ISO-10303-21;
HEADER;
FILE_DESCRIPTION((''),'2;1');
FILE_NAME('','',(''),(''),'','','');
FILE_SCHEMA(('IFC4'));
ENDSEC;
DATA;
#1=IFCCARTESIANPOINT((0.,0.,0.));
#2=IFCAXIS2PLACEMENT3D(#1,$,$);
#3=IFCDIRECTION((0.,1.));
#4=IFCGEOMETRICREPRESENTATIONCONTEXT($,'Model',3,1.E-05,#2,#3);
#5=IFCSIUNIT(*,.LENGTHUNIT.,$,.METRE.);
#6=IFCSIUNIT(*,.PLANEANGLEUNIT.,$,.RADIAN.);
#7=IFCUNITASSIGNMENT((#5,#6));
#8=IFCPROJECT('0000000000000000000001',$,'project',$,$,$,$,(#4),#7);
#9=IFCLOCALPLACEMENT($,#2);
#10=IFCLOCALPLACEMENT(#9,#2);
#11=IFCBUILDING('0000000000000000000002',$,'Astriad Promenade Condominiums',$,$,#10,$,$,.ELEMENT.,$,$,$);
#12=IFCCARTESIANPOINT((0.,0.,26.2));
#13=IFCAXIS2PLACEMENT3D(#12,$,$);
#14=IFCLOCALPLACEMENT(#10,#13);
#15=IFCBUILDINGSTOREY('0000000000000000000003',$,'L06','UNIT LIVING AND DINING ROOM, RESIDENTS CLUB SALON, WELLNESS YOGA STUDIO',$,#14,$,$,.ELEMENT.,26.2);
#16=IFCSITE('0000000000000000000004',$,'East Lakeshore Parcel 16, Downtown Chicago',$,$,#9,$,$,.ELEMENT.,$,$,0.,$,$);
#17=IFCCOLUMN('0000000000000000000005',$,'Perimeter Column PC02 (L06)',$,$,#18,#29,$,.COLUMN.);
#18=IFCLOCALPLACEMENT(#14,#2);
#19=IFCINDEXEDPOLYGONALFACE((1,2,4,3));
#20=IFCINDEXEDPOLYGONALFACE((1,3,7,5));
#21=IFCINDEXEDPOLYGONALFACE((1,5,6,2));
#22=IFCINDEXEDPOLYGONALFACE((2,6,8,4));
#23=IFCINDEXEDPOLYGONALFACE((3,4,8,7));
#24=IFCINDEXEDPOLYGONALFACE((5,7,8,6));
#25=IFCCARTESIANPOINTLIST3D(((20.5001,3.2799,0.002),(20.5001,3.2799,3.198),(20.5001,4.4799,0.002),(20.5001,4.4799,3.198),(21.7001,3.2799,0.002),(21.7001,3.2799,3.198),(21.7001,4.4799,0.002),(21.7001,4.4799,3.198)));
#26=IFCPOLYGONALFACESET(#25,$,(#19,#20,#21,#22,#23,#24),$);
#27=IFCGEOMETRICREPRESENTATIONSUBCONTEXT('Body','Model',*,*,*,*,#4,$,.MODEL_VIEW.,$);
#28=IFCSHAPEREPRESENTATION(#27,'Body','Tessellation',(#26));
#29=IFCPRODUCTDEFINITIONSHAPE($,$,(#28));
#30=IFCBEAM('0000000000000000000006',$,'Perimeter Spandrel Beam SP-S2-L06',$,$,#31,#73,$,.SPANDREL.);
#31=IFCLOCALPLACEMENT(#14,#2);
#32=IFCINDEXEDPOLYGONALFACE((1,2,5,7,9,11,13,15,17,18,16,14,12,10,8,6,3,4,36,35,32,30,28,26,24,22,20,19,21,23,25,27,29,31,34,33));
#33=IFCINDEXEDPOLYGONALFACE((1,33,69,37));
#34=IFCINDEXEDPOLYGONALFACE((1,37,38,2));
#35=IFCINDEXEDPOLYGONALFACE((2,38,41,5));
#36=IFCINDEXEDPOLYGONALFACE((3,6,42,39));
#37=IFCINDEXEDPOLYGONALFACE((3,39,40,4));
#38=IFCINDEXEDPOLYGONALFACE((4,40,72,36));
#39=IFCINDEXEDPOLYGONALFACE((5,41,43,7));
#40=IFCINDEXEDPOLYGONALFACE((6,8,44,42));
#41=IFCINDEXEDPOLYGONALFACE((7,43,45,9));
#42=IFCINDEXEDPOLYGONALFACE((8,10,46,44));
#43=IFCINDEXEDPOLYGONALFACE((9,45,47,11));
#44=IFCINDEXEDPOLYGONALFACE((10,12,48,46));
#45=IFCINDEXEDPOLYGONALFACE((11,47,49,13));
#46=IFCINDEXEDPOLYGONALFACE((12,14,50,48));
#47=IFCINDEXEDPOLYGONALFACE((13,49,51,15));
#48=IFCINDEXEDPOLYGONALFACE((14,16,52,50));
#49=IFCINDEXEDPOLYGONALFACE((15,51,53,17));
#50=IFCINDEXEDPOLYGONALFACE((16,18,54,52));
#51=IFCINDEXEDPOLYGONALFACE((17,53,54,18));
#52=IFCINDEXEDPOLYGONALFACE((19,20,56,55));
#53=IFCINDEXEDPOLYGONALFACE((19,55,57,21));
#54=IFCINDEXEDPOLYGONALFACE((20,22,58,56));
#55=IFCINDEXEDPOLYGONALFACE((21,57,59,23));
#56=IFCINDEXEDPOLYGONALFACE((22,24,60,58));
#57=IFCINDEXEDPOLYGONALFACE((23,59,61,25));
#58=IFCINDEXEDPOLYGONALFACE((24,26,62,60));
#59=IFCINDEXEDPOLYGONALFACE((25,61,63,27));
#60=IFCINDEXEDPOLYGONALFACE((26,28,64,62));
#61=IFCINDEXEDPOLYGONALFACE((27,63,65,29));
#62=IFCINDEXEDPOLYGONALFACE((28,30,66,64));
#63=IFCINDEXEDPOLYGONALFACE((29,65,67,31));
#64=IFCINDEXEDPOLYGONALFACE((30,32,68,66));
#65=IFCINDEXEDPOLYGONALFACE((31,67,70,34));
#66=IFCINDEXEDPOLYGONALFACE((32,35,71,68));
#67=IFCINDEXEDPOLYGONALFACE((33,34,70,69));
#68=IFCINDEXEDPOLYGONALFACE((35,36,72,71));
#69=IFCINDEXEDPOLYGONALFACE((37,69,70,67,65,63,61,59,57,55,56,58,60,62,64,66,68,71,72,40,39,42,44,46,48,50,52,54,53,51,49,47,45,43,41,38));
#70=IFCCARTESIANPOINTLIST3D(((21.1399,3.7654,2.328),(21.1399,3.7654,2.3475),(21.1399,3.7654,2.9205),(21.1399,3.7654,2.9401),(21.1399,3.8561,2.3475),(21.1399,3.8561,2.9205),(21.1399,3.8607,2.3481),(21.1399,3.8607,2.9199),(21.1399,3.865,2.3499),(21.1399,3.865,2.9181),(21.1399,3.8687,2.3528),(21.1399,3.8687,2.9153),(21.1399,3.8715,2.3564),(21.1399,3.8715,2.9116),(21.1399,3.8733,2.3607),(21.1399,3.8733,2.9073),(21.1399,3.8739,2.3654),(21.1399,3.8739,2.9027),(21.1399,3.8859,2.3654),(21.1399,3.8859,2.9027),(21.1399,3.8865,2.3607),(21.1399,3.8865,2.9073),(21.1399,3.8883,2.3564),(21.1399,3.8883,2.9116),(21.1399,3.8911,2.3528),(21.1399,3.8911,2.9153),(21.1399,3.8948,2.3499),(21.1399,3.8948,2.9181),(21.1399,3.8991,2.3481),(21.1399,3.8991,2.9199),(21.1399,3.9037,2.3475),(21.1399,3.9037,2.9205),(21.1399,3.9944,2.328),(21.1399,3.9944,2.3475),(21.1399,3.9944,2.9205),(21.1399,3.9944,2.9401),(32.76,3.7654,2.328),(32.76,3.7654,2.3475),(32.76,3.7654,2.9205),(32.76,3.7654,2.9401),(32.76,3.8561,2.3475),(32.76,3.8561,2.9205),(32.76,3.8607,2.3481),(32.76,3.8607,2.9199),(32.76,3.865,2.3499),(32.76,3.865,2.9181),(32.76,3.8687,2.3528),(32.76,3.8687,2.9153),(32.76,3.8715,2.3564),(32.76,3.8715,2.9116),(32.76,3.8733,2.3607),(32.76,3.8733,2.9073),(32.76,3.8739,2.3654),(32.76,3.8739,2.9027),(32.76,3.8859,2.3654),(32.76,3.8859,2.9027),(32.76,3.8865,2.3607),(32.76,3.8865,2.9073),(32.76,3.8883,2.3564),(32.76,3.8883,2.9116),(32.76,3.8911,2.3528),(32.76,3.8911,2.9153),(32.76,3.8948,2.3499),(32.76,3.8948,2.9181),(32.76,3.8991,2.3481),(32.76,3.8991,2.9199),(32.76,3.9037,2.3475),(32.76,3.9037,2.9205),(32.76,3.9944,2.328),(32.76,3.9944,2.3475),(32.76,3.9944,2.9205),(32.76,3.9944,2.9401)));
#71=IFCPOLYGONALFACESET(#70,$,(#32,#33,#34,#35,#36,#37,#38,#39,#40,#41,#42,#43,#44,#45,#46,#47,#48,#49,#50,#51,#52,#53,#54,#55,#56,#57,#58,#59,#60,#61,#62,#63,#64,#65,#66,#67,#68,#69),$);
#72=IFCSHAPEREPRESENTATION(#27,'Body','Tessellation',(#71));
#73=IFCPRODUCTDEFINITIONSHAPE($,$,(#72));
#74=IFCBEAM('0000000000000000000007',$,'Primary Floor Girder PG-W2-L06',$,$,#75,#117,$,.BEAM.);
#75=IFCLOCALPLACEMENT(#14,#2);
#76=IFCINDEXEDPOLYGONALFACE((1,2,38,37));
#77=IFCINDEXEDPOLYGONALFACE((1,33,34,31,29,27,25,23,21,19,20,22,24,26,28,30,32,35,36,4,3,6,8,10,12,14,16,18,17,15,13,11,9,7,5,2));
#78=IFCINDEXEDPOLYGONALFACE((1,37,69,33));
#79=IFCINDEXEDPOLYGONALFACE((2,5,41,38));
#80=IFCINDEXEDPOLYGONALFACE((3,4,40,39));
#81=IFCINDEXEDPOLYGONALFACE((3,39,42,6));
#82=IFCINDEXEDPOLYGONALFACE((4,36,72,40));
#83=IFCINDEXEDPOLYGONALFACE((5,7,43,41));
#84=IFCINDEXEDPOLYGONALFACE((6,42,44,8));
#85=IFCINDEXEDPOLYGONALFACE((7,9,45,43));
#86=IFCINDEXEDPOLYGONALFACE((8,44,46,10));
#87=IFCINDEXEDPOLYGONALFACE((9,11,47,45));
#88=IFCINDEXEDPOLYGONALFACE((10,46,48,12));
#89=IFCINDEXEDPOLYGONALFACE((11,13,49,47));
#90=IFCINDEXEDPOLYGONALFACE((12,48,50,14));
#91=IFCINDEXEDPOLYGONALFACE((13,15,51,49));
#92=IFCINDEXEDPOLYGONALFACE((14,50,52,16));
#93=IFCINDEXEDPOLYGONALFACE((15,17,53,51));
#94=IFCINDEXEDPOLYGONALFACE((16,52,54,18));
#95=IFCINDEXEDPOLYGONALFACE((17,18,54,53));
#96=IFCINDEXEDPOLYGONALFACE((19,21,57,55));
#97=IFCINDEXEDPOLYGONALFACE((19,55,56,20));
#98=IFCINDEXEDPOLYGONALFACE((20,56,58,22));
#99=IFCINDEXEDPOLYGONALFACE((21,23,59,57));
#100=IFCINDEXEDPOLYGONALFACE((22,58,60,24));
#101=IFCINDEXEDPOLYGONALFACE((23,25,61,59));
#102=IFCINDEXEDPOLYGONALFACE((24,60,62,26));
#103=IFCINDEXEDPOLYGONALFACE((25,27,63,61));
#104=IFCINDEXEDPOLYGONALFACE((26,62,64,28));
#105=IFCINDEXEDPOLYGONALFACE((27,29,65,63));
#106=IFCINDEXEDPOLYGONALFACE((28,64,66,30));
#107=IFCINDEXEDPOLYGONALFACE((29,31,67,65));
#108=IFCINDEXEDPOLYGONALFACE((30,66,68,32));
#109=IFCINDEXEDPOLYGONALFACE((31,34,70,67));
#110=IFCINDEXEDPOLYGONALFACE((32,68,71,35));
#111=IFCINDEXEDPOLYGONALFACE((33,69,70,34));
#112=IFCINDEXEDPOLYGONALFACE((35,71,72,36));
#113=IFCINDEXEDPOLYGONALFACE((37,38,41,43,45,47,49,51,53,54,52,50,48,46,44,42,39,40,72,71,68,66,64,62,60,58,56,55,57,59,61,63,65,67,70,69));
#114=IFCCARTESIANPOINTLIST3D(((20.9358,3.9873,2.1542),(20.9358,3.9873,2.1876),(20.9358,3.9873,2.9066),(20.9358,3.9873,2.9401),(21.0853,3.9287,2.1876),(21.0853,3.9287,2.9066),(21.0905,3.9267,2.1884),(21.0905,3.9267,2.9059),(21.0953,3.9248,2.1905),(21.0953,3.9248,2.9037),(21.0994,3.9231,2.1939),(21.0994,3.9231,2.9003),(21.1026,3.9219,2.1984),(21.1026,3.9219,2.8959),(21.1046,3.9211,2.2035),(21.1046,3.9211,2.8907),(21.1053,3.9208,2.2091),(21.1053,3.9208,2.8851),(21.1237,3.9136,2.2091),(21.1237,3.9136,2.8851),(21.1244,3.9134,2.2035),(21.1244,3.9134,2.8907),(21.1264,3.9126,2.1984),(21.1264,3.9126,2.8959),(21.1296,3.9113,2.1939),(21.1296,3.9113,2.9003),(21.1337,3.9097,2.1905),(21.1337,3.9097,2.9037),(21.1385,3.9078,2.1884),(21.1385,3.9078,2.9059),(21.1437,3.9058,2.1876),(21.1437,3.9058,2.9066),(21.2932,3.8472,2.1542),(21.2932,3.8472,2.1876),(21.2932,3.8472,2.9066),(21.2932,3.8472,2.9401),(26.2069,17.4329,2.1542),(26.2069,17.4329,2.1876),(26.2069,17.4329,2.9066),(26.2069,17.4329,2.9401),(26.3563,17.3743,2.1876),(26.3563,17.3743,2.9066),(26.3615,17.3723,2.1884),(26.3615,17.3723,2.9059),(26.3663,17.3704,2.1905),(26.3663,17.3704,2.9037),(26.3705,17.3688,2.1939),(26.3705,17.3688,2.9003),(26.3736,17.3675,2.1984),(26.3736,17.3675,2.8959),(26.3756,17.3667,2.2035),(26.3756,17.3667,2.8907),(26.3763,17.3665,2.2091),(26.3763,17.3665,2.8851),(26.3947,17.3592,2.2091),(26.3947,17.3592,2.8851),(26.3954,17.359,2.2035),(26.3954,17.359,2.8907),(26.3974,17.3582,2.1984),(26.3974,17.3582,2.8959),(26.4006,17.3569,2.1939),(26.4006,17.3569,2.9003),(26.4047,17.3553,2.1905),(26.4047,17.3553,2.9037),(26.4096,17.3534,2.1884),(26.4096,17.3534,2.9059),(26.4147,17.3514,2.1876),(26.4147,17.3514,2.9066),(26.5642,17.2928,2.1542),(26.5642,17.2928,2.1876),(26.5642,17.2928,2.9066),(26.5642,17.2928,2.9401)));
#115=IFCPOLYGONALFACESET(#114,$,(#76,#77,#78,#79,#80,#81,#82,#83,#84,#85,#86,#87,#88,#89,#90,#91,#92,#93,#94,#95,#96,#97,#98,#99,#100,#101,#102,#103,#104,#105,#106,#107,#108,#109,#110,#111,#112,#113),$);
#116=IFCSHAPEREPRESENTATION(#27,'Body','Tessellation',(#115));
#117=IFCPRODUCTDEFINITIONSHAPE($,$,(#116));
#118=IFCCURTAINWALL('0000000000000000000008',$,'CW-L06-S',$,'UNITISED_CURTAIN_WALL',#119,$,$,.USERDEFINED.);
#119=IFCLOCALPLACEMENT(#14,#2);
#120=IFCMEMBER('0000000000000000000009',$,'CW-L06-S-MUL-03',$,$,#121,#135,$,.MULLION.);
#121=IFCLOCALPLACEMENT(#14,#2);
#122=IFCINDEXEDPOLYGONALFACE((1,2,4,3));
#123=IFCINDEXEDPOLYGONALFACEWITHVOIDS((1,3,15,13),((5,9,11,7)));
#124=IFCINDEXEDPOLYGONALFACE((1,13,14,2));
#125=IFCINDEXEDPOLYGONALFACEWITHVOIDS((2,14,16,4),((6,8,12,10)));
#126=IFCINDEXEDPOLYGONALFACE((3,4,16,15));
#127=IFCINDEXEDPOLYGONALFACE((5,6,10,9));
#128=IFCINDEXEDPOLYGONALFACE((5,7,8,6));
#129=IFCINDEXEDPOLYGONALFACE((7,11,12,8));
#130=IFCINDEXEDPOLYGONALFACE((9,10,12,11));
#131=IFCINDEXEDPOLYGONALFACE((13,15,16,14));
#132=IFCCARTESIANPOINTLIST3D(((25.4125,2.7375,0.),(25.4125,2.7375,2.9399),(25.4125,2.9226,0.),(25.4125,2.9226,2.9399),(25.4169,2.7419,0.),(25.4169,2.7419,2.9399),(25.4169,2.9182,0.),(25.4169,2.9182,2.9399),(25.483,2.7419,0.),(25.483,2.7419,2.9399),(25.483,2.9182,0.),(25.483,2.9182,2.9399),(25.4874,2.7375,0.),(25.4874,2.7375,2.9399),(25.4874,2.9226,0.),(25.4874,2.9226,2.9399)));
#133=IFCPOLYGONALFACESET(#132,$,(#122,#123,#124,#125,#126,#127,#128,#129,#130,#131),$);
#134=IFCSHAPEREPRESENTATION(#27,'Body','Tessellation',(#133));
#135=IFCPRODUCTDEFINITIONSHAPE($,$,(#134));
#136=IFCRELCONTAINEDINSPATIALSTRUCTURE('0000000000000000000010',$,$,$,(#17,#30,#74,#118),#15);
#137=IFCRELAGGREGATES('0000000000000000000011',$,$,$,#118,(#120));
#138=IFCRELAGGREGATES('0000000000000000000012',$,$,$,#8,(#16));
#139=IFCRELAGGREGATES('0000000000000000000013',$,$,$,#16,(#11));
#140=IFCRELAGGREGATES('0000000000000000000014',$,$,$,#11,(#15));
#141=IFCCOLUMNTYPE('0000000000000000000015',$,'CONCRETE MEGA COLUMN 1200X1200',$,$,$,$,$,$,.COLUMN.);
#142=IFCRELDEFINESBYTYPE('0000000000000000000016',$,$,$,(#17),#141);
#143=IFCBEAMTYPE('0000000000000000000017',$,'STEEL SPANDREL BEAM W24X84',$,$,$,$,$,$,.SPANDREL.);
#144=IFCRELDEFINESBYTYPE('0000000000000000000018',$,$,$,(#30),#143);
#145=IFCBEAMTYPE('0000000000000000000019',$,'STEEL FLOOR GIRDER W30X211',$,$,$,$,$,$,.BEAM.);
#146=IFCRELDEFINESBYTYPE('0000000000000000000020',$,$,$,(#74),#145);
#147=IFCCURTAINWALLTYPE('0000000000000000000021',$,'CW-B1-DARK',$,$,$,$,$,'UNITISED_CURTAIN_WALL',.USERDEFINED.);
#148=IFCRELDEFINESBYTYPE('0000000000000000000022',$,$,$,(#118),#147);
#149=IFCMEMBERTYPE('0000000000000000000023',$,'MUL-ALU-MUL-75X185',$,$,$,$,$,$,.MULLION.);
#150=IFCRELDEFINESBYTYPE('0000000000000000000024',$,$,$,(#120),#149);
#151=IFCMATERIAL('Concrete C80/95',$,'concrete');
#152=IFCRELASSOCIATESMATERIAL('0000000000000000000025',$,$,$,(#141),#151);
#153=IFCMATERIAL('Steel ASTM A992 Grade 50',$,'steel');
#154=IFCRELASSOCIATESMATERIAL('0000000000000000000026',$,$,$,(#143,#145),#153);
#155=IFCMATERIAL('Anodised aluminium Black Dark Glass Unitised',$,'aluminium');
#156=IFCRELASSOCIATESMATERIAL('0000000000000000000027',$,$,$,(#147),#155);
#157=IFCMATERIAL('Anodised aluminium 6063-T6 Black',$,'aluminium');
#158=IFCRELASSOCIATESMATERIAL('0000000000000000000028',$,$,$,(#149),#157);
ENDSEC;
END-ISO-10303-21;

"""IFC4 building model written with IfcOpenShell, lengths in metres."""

from ifc_helpers import new_model, si_unit, direction, frame, origin, origin_2d, place, context, subcontext, project, spatial, rectangle, hollow_rectangle, i_section, extrude, source, transform, mapped, material, material_profile, profile_set, type_object, type_shapes, element, aggregate, save


model = new_model("IFC4")

# Units and contexts
model_context = context("Model", 3, precision=1e-05, world=origin(), true_north=direction((0.0, 1.0)))
body_context = subcontext(model_context, "Body", "Model", "MODEL_VIEW")
ifc_project = project(units=[si_unit("LENGTHUNIT", "METRE"), si_unit("PLANEANGLEUNIT", "RADIAN")], contexts=[model_context])

# Site, building, storey
site_placement = place(None, origin())
site = spatial("IfcSite", under=ifc_project, at=site_placement, Name="East Lakeshore Parcel 16, Downtown Chicago", CompositionType="ELEMENT", RefElevation=0.0)
building_placement = place(site_placement, origin())
building = spatial("IfcBuilding", under=site, at=building_placement, Name="Astriad Promenade Condominiums", CompositionType="ELEMENT")
storey_placement = place(building_placement, frame((0.0, 0.0, 26.2)))
storey = spatial("IfcBuildingStorey", under=building, at=storey_placement, Name="L06", Description="UNIT LIVING AND DINING ROOM, RESIDENTS CLUB SALON, WELLNESS YOGA STUDIO", CompositionType="ELEMENT", Elevation=26.2)

# Column
ifc_material_1 = material(Name="Concrete C80/95", Category="concrete")
ifc_material_profile_1 = material_profile(ifc_material_1, rectangle(XDim=1.2, YDim=1.2, at=origin_2d()), Name="RC-COL-1200X1200")
ifc_profile_set_1 = profile_set([ifc_material_profile_1], Name="Concrete C80/95")
column_type = type_object("IfcColumnType", Name="CONCRETE MEGA COLUMN 1200X1200", PredefinedType="COLUMN", material=ifc_profile_set_1)
shared_shape_1 = source(origin(), body_context, "Body", "SweptSolid", [
    extrude(rectangle(XDim=1.2, YDim=1.2, at=origin_2d()), origin(), (0.0, 0.0, 1.0), 3.196),
])
type_shapes(column_type, [shared_shape_1])
column_placement = place(storey_placement, frame((21.1001, 3.8799, 0.002), z_axis=(0.0, 0.0, 1.0), x_axis=(1.0, 0.0, 0.0)))
element("IfcColumn", 1, at=column_placement, inside=storey, type_object=column_type, Name="Perimeter Column PC02 (L06)", PredefinedType="COLUMN", context=body_context, shape_type="MappedRepresentation", body=[
    mapped(shared_shape_1, transform((0.0, 0.0, 0.0), scale=1.0)),
])

# Beams
ifc_material_2 = material(Name="Steel ASTM A992 Grade 50", Category="steel")
ifc_material_profile_2 = material_profile(ifc_material_2, i_section(OverallWidth=0.229, OverallDepth=0.6121, WebThickness=0.012, FlangeThickness=0.0195, FilletRadius=0.0178, at=origin_2d()), Name="W24X84")
ifc_profile_set_2 = profile_set([ifc_material_profile_2], Name="Steel ASTM A992 Grade 50")
beam_type_1 = type_object("IfcBeamType", Name="STEEL SPANDREL BEAM W24X84", PredefinedType="SPANDREL", material=ifc_profile_set_2)
shared_shape_2 = source(origin(), body_context, "Body", "SweptSolid", [
    extrude(i_section(OverallWidth=0.229, OverallDepth=0.6121, WebThickness=0.012, FlangeThickness=0.0195, FilletRadius=0.0178, at=origin_2d()), origin(), (0.0, 0.0, 1.0), 11.6201),
])
type_shapes(beam_type_1, [shared_shape_2])
beam_1_placement = place(storey_placement, frame((21.1399, 3.8799, 2.634), z_axis=(1.0, 0.0, 0.0), x_axis=(0.0, 1.0, 0.0)))
element("IfcBeam", 2, at=beam_1_placement, inside=storey, type_object=beam_type_1, Name="Perimeter Spandrel Beam SP-S2-L06", PredefinedType="SPANDREL", context=body_context, shape_type="MappedRepresentation", body=[
    mapped(shared_shape_2, transform((0.0, 0.0, 0.0), scale=1.0)),
])
ifc_material_profile_3 = material_profile(ifc_material_2, i_section(OverallWidth=0.3838, OverallDepth=0.7859, WebThickness=0.0198, FlangeThickness=0.0334, FilletRadius=0.0215, at=origin_2d()), Name="W30X211")
ifc_profile_set_3 = profile_set([ifc_material_profile_3], Name="Steel ASTM A992 Grade 50")
beam_type_2 = type_object("IfcBeamType", Name="STEEL FLOOR GIRDER W30X211", PredefinedType="BEAM", material=ifc_profile_set_3)
shared_shape_3 = source(origin(), body_context, "Body", "SweptSolid", [
    extrude(i_section(OverallWidth=0.3838, OverallDepth=0.7859, WebThickness=0.0198, FlangeThickness=0.0334, FilletRadius=0.0215, at=origin_2d()), origin(), (0.0, 0.0, 1.0), 14.4419),
])
type_shapes(beam_type_2, [shared_shape_3])
beam_2_placement = place(storey_placement, frame((21.1145, 3.9172, 2.5471), z_axis=(0.364981, 0.931015, 0.0), x_axis=(-0.931015, 0.364981, 0.0)))
element("IfcBeam", 3, at=beam_2_placement, inside=storey, type_object=beam_type_2, Name="Primary Floor Girder PG-W2-L06", PredefinedType="BEAM", context=body_context, shape_type="MappedRepresentation", body=[
    mapped(shared_shape_3, transform((0.0, 0.0, 0.0), scale=1.0)),
])

# Curtain wall, member
ifc_material_3 = material(Name="Anodised aluminium Black Dark Glass Unitised", Category="aluminium")
curtain_wall_type = type_object("IfcCurtainWallType", Name="CW-B1-DARK", ElementType="UNITISED_CURTAIN_WALL", PredefinedType="USERDEFINED", material=ifc_material_3)
curtain_wall_placement = place(storey_placement, origin())
curtain_wall = element("IfcCurtainWall", 4, at=curtain_wall_placement, inside=storey, type_object=curtain_wall_type, Name="CW-L06-S", ObjectType="UNITISED_CURTAIN_WALL", PredefinedType="USERDEFINED")
ifc_material_4 = material(Name="Anodised aluminium 6063-T6 Black", Category="aluminium")
ifc_material_profile_4 = material_profile(ifc_material_4, hollow_rectangle(XDim=0.075, YDim=0.1851, WallThickness=0.0044, at=origin_2d()), Name="ALU-MUL-75X185")
ifc_profile_set_4 = profile_set([ifc_material_profile_4], Name="Anodised aluminium 6063-T6 Black")
member_type = type_object("IfcMemberType", Name="MUL-ALU-MUL-75X185", PredefinedType="MULLION", material=ifc_profile_set_4)
shared_shape_4 = source(origin(), body_context, "Body", "SweptSolid", [
    extrude(hollow_rectangle(XDim=0.075, YDim=0.1851, WallThickness=0.0044, at=origin_2d()), origin(), (0.0, 0.0, 1.0), 2.9399),
])
type_shapes(member_type, [shared_shape_4])
member_placement = place(storey_placement, frame((25.45, 2.8301, 0.0), z_axis=(0.0, 0.0, 1.0), x_axis=(1.0, 0.0, 0.0)))
member = element("IfcMember", 5, at=member_placement, type_object=member_type, Name="CW-L06-S-MUL-03", PredefinedType="MULLION", context=body_context, shape_type="MappedRepresentation", body=[
    mapped(shared_shape_4, transform((0.0, 0.0, 0.0), scale=1.0)),
])
aggregate(curtain_wall, [member])

save(model, "model.ifc")
